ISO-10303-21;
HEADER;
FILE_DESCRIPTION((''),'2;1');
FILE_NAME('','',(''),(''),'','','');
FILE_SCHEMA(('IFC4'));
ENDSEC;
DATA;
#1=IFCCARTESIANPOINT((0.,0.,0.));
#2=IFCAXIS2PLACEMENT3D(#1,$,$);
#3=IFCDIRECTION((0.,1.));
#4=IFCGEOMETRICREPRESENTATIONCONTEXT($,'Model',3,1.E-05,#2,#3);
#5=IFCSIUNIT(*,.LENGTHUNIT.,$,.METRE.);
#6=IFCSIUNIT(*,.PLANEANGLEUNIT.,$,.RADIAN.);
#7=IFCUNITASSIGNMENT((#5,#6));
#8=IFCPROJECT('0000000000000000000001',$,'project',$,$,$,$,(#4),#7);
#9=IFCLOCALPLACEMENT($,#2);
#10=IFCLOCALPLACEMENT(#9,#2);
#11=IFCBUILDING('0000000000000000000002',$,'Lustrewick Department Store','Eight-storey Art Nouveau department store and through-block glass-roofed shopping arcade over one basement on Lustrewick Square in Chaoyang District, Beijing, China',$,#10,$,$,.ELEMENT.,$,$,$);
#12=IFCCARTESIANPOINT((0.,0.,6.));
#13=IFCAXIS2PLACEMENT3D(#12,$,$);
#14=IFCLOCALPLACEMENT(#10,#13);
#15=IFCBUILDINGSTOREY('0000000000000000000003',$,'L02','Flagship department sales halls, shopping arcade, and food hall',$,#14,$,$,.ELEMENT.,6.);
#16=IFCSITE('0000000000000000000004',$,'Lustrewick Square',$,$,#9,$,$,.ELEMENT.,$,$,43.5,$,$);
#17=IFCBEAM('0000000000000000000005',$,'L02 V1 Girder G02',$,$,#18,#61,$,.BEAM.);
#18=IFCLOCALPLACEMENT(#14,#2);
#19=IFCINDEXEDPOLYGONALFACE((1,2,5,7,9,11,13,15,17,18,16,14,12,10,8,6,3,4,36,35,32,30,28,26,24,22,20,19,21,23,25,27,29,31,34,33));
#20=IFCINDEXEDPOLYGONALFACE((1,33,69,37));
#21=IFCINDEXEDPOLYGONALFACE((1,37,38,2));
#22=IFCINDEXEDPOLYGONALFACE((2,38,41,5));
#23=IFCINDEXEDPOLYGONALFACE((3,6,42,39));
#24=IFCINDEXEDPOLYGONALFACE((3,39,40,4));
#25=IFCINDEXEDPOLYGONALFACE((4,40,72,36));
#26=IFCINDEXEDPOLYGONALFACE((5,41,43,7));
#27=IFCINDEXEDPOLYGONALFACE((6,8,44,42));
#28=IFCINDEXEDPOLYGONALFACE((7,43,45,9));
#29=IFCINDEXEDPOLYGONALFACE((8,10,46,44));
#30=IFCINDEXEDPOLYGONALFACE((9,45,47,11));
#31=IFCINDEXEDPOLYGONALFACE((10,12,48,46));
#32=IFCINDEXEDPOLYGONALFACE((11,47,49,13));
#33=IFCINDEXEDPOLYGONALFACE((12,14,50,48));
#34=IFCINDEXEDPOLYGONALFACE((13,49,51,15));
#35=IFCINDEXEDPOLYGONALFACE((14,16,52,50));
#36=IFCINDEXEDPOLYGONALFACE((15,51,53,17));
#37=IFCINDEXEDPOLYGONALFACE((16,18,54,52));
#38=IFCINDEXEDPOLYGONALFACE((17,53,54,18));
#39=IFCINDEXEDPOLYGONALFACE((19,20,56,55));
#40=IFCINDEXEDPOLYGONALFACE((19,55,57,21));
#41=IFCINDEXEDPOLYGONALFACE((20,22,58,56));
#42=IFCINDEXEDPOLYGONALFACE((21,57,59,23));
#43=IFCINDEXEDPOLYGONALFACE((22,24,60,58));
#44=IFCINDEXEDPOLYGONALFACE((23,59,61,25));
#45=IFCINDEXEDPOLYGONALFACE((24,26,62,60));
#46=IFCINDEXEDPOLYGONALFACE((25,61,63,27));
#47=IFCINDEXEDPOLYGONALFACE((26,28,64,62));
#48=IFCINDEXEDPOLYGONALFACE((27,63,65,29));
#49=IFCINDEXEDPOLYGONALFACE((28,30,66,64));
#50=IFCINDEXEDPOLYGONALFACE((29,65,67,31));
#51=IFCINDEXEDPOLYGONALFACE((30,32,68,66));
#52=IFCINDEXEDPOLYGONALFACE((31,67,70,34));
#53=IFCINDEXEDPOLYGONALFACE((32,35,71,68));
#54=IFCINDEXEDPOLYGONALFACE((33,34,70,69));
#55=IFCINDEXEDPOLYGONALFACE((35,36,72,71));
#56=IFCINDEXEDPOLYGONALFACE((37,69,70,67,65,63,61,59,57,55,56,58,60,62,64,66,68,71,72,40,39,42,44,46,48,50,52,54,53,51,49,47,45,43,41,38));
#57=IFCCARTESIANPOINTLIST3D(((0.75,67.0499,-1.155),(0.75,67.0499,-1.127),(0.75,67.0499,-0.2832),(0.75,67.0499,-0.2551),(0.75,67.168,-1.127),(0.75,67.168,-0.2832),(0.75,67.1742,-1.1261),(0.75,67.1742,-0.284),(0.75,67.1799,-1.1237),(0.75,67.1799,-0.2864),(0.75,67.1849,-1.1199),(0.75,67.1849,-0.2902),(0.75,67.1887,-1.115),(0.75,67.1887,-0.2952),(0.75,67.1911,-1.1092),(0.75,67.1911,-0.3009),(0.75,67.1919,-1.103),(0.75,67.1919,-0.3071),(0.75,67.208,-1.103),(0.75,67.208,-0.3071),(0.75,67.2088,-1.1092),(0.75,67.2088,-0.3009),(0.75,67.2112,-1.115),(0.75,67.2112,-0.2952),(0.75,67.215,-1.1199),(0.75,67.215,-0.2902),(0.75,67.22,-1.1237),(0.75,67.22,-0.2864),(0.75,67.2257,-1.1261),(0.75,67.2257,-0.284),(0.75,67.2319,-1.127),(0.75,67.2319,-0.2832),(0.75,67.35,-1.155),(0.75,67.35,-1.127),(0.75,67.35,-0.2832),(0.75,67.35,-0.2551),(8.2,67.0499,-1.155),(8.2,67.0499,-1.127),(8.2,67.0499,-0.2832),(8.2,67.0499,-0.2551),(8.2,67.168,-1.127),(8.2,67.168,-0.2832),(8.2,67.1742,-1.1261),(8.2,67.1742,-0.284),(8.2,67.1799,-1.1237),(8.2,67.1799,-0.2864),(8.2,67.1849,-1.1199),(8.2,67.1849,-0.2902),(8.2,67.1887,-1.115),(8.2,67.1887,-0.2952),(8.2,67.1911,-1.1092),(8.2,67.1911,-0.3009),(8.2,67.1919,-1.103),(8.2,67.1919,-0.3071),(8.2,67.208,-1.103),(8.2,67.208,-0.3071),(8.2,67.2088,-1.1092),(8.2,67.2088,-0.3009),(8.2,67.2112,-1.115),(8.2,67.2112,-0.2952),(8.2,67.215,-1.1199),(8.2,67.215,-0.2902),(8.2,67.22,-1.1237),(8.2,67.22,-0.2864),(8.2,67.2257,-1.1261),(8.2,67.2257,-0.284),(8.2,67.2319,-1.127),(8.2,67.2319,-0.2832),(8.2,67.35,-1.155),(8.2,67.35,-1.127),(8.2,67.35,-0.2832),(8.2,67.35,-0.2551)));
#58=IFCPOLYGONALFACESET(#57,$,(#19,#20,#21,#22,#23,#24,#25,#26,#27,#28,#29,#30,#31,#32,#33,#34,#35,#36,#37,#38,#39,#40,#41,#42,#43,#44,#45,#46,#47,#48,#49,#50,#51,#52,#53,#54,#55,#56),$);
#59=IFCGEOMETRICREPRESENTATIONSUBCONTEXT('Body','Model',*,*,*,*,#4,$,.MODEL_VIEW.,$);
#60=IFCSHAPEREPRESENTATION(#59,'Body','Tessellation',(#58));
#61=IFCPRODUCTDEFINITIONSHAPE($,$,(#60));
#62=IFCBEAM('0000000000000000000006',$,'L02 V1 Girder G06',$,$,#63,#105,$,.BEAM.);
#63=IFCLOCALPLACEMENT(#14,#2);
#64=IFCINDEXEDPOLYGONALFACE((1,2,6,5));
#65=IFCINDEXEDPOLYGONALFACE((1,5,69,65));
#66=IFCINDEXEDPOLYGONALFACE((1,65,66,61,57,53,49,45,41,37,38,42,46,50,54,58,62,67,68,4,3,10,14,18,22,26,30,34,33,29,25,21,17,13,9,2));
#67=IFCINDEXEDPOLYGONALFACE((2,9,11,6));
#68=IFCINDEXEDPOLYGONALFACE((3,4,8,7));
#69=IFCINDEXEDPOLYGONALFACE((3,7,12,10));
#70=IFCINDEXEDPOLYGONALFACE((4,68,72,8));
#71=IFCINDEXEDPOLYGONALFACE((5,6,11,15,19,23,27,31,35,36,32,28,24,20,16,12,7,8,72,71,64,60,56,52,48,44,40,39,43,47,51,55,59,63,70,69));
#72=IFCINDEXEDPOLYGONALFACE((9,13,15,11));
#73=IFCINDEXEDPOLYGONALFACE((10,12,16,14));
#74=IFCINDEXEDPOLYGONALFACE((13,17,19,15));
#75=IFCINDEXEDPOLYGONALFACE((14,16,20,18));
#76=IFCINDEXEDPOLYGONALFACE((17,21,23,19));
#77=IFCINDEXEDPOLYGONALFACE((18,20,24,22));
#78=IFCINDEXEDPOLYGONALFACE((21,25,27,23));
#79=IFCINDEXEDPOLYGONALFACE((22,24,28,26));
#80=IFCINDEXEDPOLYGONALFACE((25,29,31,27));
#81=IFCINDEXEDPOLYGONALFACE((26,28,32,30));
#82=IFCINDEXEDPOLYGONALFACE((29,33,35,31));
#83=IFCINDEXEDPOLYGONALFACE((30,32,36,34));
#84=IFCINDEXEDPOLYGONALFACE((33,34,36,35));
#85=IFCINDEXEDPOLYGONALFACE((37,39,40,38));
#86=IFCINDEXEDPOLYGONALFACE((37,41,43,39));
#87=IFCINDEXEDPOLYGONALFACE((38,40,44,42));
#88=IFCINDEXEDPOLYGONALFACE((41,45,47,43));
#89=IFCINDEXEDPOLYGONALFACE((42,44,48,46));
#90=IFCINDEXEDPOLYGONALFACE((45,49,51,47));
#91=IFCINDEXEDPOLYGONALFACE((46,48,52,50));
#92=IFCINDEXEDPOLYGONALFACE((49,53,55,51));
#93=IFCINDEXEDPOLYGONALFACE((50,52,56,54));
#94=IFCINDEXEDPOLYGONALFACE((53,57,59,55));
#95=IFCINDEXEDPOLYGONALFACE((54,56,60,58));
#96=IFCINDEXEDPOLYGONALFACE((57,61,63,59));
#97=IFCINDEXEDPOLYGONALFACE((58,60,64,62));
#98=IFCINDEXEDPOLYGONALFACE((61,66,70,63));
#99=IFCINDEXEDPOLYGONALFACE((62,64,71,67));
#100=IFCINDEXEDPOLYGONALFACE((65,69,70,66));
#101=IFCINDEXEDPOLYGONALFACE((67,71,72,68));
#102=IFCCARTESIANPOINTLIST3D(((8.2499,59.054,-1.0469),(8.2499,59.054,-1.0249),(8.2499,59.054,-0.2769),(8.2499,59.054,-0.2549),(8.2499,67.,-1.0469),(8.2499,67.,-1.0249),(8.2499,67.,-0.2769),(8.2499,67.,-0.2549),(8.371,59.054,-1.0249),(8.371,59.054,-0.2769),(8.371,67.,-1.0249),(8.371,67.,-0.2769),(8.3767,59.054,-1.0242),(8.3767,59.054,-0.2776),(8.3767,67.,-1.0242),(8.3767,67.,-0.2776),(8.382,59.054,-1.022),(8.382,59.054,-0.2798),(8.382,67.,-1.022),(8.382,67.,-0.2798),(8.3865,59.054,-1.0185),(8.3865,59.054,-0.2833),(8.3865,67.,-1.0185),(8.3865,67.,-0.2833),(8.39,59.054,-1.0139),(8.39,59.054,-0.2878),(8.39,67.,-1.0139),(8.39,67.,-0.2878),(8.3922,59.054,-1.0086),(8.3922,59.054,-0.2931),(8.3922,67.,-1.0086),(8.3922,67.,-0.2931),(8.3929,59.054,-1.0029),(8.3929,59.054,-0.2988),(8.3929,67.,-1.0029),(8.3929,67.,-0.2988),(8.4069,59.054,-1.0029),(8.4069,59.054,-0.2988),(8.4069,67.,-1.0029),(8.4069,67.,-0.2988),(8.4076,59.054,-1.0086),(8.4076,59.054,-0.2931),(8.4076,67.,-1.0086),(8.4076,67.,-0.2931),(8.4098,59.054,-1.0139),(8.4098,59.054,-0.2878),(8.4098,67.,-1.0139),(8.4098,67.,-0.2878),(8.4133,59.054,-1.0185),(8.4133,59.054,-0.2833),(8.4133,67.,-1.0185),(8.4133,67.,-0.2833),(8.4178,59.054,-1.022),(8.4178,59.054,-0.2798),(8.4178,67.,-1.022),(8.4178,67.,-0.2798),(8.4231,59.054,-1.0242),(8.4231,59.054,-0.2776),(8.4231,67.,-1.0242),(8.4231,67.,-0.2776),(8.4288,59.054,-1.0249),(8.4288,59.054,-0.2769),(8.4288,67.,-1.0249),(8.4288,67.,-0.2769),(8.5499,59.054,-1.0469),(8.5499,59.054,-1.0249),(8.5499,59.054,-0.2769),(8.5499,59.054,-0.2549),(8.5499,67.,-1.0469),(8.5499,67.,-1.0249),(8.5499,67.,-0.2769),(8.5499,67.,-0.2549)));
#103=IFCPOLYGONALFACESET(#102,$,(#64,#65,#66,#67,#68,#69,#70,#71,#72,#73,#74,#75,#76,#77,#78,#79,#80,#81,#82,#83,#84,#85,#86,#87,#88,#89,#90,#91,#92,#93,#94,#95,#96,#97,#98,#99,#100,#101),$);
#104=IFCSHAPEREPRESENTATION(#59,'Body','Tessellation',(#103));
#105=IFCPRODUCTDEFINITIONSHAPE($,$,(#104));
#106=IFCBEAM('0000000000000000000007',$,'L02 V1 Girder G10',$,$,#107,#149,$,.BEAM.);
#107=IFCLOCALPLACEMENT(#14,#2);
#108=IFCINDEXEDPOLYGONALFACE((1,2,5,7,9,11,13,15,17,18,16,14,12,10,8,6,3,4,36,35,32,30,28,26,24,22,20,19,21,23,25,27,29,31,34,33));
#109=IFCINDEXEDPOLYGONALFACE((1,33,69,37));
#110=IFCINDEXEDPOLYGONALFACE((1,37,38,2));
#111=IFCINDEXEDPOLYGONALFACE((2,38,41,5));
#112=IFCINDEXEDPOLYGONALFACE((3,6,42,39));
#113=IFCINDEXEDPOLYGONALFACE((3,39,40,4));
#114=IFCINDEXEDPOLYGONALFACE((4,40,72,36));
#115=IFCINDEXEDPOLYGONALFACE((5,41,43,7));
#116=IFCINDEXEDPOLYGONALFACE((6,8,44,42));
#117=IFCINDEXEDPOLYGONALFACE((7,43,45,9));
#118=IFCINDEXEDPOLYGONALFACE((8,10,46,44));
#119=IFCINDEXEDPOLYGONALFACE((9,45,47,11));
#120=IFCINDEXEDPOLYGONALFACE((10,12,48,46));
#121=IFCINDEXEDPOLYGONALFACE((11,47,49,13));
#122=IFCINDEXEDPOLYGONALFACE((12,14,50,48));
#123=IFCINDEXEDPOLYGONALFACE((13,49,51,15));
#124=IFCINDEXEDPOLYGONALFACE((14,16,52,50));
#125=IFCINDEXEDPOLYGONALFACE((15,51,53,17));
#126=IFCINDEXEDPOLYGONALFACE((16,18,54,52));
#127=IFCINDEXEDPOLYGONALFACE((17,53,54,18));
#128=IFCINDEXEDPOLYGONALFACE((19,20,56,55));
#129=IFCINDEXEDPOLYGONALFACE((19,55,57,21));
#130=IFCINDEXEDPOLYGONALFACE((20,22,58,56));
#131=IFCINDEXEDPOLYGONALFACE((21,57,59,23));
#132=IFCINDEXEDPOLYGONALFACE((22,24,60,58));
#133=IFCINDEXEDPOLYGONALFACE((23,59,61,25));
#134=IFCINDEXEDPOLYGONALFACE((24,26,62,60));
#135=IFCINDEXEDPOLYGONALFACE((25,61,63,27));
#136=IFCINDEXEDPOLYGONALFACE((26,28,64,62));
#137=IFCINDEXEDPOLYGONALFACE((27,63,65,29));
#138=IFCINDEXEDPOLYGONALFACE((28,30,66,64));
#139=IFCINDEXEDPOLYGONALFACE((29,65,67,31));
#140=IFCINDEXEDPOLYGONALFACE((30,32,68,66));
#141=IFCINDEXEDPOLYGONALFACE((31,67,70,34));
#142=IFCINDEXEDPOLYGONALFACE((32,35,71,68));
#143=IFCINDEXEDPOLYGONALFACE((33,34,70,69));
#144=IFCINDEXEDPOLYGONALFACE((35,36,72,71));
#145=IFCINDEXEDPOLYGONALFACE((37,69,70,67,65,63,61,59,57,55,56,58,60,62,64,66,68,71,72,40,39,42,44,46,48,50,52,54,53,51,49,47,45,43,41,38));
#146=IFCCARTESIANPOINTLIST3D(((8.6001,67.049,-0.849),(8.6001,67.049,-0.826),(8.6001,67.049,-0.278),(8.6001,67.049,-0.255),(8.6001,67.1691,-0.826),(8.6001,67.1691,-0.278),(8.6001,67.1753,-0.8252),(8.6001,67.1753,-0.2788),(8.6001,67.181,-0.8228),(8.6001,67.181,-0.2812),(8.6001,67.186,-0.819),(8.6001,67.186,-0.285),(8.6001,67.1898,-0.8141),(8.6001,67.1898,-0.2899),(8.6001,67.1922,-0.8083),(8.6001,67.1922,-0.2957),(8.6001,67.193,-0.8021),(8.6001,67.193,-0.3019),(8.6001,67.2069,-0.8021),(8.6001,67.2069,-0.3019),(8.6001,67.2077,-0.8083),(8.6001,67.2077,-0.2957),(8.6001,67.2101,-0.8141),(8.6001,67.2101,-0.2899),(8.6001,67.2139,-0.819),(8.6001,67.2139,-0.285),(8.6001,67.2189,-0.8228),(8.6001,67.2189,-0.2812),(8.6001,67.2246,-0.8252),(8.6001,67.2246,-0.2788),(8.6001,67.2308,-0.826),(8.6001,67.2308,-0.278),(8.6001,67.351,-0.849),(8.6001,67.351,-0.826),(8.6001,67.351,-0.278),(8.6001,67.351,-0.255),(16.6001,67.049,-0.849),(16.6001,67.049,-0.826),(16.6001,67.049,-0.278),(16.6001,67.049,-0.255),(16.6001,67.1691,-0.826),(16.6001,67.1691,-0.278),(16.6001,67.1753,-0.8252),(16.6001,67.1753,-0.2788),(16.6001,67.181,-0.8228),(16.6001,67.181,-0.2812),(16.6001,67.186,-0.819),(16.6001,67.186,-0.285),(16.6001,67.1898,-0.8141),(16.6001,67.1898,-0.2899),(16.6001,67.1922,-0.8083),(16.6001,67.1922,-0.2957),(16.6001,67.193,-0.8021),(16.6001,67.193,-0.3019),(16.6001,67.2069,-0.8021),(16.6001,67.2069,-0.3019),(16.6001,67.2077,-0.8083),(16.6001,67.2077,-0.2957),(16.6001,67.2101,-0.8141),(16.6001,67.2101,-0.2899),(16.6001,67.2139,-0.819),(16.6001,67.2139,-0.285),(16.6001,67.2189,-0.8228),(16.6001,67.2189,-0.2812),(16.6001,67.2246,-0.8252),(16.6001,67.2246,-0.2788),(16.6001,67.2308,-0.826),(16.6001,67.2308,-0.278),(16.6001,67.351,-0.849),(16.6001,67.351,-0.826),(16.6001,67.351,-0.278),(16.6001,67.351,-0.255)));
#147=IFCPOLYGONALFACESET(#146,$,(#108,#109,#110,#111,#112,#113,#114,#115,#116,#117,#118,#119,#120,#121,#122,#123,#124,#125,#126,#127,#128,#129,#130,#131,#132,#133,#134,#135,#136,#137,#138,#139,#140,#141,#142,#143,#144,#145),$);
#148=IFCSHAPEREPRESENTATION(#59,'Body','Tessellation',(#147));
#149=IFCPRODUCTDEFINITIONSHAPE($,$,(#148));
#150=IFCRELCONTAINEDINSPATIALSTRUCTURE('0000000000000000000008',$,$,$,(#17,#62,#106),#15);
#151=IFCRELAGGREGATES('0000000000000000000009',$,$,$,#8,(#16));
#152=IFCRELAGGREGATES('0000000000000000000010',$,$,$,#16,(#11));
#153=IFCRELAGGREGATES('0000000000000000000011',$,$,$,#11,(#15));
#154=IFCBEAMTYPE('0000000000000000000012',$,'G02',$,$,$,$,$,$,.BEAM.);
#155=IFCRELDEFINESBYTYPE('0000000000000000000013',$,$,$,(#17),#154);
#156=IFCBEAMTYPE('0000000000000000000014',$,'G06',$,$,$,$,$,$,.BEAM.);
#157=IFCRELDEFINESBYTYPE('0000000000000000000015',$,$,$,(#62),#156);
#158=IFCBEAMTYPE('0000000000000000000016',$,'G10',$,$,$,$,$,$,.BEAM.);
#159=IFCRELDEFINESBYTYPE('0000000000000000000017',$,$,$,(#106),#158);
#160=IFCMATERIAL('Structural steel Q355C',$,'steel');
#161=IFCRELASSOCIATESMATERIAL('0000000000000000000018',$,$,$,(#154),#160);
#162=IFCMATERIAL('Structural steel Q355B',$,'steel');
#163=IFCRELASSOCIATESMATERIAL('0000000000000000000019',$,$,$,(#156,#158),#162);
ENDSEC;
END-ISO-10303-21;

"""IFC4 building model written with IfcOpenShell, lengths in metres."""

from ifc_helpers import new_model, si_unit, direction, frame, origin, origin_2d, place, context, subcontext, project, spatial, i_section, extrude, material, material_profile, profile_set, type_object, element, save


model = new_model("IFC4")

# Units and contexts
model_context = context("Model", 3, precision=1e-05, world=origin(), true_north=direction((0.0, 1.0)))
body_context = subcontext(model_context, "Body", "Model", "MODEL_VIEW")
ifc_project = project(units=[si_unit("LENGTHUNIT", "METRE"), si_unit("PLANEANGLEUNIT", "RADIAN")], contexts=[model_context])

# Site, building, storey
site_placement = place(None, origin())
site = spatial("IfcSite", under=ifc_project, at=site_placement, Name="Lustrewick Square", CompositionType="ELEMENT", RefElevation=43.5)
building_placement = place(site_placement, origin())
building = spatial("IfcBuilding", under=site, at=building_placement, Name="Lustrewick Department Store", Description="Eight-storey Art Nouveau department store and through-block glass-roofed shopping arcade over one basement on Lustrewick Square in Chaoyang District, Beijing, China", CompositionType="ELEMENT")
storey_placement = place(building_placement, frame((0.0, 0.0, 6.0)))
storey = spatial("IfcBuildingStorey", under=building, at=storey_placement, Name="L02", Description="Flagship department sales halls, shopping arcade, and food hall", CompositionType="ELEMENT", Elevation=6.0)

# Shared definitions
ifc_material_1 = material(Name="Structural steel Q355C", Category="steel")

# Beams
ifc_material_2 = material(Name="Structural steel Q355B", Category="steel")
ifc_material_profile_1 = material_profile(ifc_material_1, i_section(OverallWidth=0.3, OverallDepth=0.8999, WebThickness=0.0161, FlangeThickness=0.0281, FilletRadius=0.0239, at=origin_2d()), Name="HN 900x300x16x28")
ifc_profile_set_1 = profile_set([ifc_material_profile_1], Name="Structural steel Q355C")
beam_type_1 = type_object("IfcBeamType", Name="G02", PredefinedType="BEAM", material=ifc_profile_set_1)
beam_1_placement = place(storey_placement, frame((0.75, 67.2, -0.7051), z_axis=(1.0, 0.0, 0.0), x_axis=(0.0, 1.0, 0.0)))
element("IfcBeam", 1, at=beam_1_placement, inside=storey, type_object=beam_type_1, Name="L02 V1 Girder G02", PredefinedType="BEAM", context=body_context, shape_type="SweptSolid", body=[
    extrude(i_section(OverallWidth=0.3, OverallDepth=0.8999, WebThickness=0.0161, FlangeThickness=0.0281, FilletRadius=0.0239, at=origin_2d()), origin(), (0.0, 0.0, 1.0), 7.45),
])
ifc_material_profile_2 = material_profile(ifc_material_2, i_section(OverallWidth=0.3, OverallDepth=0.792, WebThickness=0.0139, FlangeThickness=0.022, FilletRadius=0.022, at=origin_2d()), Name="HN 792x300x14x22")
ifc_profile_set_2 = profile_set([ifc_material_profile_2], Name="Structural steel Q355B")
beam_type_2 = type_object("IfcBeamType", Name="G06", PredefinedType="BEAM", material=ifc_profile_set_2)
beam_2_placement = place(storey_placement, frame((8.3999, 59.054, -0.6509), z_axis=(0.0, 1.0, 0.0), x_axis=(-1.0, 0.0, 0.0)))
element("IfcBeam", 2, at=beam_2_placement, inside=storey, type_object=beam_type_2, Name="L02 V1 Girder G06", PredefinedType="BEAM", context=body_context, shape_type="SweptSolid", body=[
    extrude(i_section(OverallWidth=0.3, OverallDepth=0.792, WebThickness=0.0139, FlangeThickness=0.022, FilletRadius=0.022, at=origin_2d()), origin(), (0.0, 0.0, 1.0), 7.946),
])
ifc_material_profile_3 = material_profile(ifc_material_2, i_section(OverallWidth=0.302, OverallDepth=0.594, WebThickness=0.0139, FlangeThickness=0.0229, FilletRadius=0.0239, at=origin_2d()), Name="HM 594x302x14x23")
ifc_profile_set_3 = profile_set([ifc_material_profile_3], Name="Structural steel Q355B")
beam_type_3 = type_object("IfcBeamType", Name="G10", PredefinedType="BEAM", material=ifc_profile_set_3)
beam_3_placement = place(storey_placement, frame((8.6001, 67.2, -0.552), z_axis=(1.0, 0.0, 0.0), x_axis=(0.0, 1.0, 0.0)))
element("IfcBeam", 3, at=beam_3_placement, inside=storey, type_object=beam_type_3, Name="L02 V1 Girder G10", PredefinedType="BEAM", context=body_context, shape_type="SweptSolid", body=[
    extrude(i_section(OverallWidth=0.302, OverallDepth=0.594, WebThickness=0.0139, FlangeThickness=0.0229, FilletRadius=0.0239, at=origin_2d()), origin(), (0.0, 0.0, 1.0), 8.0),
])

save(model, "model.ifc")
